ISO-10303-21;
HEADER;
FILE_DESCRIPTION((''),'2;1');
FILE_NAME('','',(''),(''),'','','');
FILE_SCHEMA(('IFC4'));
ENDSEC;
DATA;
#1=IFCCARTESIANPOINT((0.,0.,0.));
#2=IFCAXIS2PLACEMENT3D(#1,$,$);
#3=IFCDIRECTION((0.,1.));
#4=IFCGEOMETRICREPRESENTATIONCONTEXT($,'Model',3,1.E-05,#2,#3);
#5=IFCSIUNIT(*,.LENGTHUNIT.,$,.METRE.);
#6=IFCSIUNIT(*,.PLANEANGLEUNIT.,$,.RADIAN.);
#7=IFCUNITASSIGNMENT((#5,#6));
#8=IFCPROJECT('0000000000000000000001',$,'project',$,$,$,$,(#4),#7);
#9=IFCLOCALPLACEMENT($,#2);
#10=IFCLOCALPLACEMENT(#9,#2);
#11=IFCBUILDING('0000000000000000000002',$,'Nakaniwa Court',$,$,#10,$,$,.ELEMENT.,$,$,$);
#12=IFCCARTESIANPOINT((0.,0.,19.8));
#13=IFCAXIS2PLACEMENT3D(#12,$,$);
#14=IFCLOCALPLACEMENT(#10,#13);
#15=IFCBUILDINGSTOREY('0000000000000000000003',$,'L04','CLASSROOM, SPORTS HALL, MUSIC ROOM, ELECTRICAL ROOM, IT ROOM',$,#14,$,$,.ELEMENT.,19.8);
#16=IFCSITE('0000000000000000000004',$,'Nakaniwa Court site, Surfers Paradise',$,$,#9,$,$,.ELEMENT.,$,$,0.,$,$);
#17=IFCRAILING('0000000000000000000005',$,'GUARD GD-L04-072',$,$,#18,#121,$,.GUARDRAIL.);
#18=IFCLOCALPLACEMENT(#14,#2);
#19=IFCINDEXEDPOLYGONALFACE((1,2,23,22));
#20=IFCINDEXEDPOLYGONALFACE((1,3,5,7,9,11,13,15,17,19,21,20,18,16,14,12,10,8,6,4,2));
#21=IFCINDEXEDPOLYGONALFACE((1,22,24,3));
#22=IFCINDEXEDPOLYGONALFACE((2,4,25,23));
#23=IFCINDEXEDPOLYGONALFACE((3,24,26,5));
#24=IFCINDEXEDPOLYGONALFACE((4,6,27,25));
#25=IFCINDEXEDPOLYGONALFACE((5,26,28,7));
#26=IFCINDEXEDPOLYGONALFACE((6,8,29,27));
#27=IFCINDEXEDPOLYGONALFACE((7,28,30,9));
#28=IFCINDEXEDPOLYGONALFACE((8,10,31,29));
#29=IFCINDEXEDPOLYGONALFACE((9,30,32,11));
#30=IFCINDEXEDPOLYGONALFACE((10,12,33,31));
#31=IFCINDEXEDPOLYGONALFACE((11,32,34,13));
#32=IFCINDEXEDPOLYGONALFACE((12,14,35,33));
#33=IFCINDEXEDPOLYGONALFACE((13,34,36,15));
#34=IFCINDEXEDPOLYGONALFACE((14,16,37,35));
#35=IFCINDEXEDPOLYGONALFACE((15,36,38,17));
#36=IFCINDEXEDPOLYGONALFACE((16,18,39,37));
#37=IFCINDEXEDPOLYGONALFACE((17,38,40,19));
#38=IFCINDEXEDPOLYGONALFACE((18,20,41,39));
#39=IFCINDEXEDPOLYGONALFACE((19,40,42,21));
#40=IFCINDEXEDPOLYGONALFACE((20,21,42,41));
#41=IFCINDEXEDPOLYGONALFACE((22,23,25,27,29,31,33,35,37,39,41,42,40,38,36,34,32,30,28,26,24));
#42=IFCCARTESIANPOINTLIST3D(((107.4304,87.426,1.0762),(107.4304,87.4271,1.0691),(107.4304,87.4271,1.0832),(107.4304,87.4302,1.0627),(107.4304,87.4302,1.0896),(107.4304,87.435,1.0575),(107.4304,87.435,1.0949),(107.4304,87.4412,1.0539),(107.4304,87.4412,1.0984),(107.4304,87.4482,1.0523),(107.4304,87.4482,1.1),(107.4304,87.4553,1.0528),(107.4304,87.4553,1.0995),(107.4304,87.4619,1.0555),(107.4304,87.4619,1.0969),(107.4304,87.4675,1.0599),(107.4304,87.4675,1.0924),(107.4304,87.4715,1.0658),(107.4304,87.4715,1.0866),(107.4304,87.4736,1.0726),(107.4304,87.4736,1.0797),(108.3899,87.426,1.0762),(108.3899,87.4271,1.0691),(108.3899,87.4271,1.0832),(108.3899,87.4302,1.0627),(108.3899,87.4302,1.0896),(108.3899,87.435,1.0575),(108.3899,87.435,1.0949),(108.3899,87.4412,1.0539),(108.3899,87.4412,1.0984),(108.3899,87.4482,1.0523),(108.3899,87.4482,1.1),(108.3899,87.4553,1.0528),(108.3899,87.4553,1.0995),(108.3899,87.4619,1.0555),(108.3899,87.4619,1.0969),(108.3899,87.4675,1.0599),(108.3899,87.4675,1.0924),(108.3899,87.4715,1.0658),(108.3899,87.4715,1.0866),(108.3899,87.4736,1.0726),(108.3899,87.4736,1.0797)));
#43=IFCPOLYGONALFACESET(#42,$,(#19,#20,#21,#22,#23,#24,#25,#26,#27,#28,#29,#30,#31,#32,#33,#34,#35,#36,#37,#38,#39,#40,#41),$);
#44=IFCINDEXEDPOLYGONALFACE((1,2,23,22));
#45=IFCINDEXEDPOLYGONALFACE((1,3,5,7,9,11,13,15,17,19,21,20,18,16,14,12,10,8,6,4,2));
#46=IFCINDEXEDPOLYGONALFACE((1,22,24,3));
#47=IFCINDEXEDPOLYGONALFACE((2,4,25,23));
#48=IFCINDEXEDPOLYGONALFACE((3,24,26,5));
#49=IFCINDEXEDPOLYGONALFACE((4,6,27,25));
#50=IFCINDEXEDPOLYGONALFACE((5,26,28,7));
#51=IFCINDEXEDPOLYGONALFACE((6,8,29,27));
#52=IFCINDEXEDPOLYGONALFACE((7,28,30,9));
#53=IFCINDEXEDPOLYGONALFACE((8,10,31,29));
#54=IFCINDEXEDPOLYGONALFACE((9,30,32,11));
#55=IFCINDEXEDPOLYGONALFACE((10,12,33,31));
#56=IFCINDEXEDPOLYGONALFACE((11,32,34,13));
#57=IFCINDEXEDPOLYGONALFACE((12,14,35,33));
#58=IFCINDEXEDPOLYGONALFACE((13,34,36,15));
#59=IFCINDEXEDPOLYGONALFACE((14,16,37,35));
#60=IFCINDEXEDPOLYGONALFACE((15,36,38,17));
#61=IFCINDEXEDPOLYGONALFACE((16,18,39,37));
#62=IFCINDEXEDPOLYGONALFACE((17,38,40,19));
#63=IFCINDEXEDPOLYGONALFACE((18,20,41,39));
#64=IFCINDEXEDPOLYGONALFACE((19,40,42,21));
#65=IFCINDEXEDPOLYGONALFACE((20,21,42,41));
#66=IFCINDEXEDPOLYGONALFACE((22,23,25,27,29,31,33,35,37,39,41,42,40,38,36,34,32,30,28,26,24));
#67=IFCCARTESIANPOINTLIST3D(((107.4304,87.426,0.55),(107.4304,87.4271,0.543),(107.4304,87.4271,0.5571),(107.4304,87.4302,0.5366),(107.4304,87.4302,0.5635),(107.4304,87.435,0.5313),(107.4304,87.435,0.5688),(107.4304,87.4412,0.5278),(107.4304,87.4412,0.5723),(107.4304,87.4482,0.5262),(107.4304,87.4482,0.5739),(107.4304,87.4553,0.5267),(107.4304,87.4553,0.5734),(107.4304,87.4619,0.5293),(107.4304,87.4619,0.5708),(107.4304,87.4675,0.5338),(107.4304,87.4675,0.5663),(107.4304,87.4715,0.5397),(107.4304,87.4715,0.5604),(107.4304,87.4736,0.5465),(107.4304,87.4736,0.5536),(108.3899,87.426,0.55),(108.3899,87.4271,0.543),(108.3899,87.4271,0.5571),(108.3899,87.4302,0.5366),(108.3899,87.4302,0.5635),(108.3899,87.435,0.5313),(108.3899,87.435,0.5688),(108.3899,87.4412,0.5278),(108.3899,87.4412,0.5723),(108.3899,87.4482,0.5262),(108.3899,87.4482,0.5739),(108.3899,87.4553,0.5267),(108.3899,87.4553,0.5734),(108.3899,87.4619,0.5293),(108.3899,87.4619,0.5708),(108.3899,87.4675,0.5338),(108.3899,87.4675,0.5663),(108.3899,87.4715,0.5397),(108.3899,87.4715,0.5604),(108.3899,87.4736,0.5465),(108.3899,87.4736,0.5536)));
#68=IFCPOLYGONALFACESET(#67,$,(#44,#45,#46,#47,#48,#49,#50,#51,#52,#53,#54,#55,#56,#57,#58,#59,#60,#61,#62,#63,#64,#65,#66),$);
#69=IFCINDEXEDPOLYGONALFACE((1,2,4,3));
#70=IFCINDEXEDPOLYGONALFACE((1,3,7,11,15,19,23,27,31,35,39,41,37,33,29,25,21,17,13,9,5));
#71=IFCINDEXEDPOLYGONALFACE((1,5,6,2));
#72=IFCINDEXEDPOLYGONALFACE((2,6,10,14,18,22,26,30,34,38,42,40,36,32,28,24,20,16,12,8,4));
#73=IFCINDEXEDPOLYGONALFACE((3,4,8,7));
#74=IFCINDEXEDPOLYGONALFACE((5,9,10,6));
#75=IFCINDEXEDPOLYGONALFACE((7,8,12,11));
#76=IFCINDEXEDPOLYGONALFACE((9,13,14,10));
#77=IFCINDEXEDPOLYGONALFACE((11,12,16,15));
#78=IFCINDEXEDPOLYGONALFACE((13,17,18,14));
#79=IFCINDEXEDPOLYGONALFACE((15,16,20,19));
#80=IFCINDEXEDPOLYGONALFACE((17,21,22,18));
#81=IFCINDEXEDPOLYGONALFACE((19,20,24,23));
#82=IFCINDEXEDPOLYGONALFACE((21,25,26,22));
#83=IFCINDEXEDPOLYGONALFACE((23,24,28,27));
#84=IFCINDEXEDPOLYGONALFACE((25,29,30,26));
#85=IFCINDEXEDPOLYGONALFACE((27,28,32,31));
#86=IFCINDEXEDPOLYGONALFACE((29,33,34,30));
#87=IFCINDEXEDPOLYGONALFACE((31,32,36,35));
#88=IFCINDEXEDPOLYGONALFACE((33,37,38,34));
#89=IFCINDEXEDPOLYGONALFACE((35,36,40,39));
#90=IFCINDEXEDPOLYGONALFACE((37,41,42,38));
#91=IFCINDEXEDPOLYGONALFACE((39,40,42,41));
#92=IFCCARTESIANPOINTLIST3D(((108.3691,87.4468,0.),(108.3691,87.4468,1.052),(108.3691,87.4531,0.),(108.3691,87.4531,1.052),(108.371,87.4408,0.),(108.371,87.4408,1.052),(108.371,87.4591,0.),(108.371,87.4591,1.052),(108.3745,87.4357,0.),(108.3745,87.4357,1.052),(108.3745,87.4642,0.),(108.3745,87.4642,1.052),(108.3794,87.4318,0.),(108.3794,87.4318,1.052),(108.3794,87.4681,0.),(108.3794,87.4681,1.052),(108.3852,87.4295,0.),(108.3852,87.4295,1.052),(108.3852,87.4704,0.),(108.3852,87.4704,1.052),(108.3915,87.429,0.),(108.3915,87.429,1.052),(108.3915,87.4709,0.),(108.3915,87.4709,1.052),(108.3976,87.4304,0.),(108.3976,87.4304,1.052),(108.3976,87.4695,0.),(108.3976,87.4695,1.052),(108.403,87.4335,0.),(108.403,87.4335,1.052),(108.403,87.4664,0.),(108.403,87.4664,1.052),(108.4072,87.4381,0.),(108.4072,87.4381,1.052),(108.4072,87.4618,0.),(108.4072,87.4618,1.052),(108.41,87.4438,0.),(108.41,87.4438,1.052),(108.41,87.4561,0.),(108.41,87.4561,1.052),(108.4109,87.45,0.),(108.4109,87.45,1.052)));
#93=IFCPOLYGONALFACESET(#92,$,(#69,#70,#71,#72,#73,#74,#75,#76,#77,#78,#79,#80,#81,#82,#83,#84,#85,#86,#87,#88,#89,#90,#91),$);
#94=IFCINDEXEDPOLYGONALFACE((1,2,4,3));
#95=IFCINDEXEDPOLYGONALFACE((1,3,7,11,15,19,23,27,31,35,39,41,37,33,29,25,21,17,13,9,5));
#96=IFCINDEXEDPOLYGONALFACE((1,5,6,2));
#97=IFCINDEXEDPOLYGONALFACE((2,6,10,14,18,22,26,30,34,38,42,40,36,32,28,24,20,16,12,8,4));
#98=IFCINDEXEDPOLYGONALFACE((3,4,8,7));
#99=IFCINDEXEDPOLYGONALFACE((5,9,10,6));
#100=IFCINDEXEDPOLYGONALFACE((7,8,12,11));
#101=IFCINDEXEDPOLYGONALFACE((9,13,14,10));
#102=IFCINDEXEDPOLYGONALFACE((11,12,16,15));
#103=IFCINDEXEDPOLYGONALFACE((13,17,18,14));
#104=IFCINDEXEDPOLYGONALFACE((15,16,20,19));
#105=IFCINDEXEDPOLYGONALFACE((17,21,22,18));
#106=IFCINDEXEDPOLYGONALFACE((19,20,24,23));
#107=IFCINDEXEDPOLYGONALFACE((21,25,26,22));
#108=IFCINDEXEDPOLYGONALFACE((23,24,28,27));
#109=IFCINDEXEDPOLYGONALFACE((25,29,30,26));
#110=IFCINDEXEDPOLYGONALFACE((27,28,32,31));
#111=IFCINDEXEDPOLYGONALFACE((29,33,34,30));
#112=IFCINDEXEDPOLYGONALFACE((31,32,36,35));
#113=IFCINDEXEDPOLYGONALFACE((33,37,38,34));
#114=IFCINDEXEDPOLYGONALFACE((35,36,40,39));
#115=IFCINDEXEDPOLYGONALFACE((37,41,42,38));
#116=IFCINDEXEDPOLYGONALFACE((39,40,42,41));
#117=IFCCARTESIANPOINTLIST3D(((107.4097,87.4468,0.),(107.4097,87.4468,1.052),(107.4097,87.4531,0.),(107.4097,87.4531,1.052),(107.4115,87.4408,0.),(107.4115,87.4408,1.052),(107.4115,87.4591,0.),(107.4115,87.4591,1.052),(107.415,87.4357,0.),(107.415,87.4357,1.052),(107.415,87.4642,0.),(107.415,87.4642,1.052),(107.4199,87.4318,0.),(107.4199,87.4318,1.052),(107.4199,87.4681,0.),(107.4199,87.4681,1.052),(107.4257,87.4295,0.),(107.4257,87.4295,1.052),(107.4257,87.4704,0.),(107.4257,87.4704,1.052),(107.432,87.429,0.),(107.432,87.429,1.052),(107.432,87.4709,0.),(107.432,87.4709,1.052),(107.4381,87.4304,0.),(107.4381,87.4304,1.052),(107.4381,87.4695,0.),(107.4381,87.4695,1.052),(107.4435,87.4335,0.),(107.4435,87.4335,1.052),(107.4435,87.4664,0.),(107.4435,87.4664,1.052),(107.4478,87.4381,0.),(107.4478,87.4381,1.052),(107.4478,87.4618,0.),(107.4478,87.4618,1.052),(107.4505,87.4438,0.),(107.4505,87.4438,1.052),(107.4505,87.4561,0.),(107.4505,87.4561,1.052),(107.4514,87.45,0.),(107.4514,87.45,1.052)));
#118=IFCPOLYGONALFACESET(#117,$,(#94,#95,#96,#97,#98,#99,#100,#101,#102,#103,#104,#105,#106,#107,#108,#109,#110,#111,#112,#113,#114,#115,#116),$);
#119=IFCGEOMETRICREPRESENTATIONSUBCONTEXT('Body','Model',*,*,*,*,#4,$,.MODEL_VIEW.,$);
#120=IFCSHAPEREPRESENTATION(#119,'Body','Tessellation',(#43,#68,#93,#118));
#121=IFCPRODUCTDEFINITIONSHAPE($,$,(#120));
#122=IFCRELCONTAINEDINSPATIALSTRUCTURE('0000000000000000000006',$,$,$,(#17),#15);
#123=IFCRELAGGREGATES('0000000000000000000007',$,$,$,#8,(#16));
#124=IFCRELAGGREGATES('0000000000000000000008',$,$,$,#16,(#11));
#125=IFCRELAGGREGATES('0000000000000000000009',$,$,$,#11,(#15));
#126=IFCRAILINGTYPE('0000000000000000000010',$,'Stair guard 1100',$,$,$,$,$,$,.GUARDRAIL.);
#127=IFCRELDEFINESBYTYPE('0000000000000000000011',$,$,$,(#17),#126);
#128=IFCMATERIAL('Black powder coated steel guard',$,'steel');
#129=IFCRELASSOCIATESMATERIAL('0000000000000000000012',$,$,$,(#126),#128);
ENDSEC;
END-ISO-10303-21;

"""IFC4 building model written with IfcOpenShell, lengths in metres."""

from ifc_helpers import new_model, si_unit, direction, frame, origin, origin_2d, place, context, subcontext, project, spatial, circle, extrude, material, type_object, element, save


model = new_model("IFC4")

# Units and contexts
model_context = context("Model", 3, precision=1e-05, world=origin(), true_north=direction((0.0, 1.0)))
body_context = subcontext(model_context, "Body", "Model", "MODEL_VIEW")
ifc_project = project(units=[si_unit("LENGTHUNIT", "METRE"), si_unit("PLANEANGLEUNIT", "RADIAN")], contexts=[model_context])

# Site, building, storey
site_placement = place(None, origin())
site = spatial("IfcSite", under=ifc_project, at=site_placement, Name="Nakaniwa Court site, Surfers Paradise", CompositionType="ELEMENT", RefElevation=0.0)
building_placement = place(site_placement, origin())
building = spatial("IfcBuilding", under=site, at=building_placement, Name="Nakaniwa Court", CompositionType="ELEMENT")
storey_placement = place(building_placement, frame((0.0, 0.0, 19.8)))
storey = spatial("IfcBuildingStorey", under=building, at=storey_placement, Name="L04", Description="CLASSROOM, SPORTS HALL, MUSIC ROOM, ELECTRICAL ROOM, IT ROOM", CompositionType="ELEMENT", Elevation=19.8)

# Railing
ifc_material_1 = material(Name="Black powder coated steel guard", Category="steel")
railing_type_1 = type_object("IfcRailingType", Name="Stair guard 1100", PredefinedType="GUARDRAIL", material=ifc_material_1)
railing_1_placement = place(storey_placement, frame((108.3899, 87.45, 0.0)))
element("IfcRailing", 1, at=railing_1_placement, inside=storey, type_object=railing_type_1, Name="GUARD GD-L04-072", PredefinedType="GUARDRAIL", context=body_context, shape_type="SweptSolid", body=[
    extrude(circle(Radius=0.0239, at=origin_2d()), frame((0.0, 0.0, 1.0762), z_axis=(-1.0, 0.0, 0.0), x_axis=(0.0, -1.0, 0.0)), (0.0, 0.0, 1.0), 0.9595),
    extrude(circle(Radius=0.0239, at=origin_2d()), frame((0.0, 0.0, 0.55), z_axis=(-1.0, 0.0, 0.0), x_axis=(0.0, -1.0, 0.0)), (0.0, 0.0, 1.0), 0.9595),
    extrude(circle(Radius=0.021, at=origin_2d()), origin(), (0.0, 0.0, 1.0), 1.052),
    extrude(circle(Radius=0.021, at=origin_2d()), frame((-0.9595, 0.0, 0.0)), (0.0, 0.0, 1.0), 1.052),
])

save(model, "model.ifc")
